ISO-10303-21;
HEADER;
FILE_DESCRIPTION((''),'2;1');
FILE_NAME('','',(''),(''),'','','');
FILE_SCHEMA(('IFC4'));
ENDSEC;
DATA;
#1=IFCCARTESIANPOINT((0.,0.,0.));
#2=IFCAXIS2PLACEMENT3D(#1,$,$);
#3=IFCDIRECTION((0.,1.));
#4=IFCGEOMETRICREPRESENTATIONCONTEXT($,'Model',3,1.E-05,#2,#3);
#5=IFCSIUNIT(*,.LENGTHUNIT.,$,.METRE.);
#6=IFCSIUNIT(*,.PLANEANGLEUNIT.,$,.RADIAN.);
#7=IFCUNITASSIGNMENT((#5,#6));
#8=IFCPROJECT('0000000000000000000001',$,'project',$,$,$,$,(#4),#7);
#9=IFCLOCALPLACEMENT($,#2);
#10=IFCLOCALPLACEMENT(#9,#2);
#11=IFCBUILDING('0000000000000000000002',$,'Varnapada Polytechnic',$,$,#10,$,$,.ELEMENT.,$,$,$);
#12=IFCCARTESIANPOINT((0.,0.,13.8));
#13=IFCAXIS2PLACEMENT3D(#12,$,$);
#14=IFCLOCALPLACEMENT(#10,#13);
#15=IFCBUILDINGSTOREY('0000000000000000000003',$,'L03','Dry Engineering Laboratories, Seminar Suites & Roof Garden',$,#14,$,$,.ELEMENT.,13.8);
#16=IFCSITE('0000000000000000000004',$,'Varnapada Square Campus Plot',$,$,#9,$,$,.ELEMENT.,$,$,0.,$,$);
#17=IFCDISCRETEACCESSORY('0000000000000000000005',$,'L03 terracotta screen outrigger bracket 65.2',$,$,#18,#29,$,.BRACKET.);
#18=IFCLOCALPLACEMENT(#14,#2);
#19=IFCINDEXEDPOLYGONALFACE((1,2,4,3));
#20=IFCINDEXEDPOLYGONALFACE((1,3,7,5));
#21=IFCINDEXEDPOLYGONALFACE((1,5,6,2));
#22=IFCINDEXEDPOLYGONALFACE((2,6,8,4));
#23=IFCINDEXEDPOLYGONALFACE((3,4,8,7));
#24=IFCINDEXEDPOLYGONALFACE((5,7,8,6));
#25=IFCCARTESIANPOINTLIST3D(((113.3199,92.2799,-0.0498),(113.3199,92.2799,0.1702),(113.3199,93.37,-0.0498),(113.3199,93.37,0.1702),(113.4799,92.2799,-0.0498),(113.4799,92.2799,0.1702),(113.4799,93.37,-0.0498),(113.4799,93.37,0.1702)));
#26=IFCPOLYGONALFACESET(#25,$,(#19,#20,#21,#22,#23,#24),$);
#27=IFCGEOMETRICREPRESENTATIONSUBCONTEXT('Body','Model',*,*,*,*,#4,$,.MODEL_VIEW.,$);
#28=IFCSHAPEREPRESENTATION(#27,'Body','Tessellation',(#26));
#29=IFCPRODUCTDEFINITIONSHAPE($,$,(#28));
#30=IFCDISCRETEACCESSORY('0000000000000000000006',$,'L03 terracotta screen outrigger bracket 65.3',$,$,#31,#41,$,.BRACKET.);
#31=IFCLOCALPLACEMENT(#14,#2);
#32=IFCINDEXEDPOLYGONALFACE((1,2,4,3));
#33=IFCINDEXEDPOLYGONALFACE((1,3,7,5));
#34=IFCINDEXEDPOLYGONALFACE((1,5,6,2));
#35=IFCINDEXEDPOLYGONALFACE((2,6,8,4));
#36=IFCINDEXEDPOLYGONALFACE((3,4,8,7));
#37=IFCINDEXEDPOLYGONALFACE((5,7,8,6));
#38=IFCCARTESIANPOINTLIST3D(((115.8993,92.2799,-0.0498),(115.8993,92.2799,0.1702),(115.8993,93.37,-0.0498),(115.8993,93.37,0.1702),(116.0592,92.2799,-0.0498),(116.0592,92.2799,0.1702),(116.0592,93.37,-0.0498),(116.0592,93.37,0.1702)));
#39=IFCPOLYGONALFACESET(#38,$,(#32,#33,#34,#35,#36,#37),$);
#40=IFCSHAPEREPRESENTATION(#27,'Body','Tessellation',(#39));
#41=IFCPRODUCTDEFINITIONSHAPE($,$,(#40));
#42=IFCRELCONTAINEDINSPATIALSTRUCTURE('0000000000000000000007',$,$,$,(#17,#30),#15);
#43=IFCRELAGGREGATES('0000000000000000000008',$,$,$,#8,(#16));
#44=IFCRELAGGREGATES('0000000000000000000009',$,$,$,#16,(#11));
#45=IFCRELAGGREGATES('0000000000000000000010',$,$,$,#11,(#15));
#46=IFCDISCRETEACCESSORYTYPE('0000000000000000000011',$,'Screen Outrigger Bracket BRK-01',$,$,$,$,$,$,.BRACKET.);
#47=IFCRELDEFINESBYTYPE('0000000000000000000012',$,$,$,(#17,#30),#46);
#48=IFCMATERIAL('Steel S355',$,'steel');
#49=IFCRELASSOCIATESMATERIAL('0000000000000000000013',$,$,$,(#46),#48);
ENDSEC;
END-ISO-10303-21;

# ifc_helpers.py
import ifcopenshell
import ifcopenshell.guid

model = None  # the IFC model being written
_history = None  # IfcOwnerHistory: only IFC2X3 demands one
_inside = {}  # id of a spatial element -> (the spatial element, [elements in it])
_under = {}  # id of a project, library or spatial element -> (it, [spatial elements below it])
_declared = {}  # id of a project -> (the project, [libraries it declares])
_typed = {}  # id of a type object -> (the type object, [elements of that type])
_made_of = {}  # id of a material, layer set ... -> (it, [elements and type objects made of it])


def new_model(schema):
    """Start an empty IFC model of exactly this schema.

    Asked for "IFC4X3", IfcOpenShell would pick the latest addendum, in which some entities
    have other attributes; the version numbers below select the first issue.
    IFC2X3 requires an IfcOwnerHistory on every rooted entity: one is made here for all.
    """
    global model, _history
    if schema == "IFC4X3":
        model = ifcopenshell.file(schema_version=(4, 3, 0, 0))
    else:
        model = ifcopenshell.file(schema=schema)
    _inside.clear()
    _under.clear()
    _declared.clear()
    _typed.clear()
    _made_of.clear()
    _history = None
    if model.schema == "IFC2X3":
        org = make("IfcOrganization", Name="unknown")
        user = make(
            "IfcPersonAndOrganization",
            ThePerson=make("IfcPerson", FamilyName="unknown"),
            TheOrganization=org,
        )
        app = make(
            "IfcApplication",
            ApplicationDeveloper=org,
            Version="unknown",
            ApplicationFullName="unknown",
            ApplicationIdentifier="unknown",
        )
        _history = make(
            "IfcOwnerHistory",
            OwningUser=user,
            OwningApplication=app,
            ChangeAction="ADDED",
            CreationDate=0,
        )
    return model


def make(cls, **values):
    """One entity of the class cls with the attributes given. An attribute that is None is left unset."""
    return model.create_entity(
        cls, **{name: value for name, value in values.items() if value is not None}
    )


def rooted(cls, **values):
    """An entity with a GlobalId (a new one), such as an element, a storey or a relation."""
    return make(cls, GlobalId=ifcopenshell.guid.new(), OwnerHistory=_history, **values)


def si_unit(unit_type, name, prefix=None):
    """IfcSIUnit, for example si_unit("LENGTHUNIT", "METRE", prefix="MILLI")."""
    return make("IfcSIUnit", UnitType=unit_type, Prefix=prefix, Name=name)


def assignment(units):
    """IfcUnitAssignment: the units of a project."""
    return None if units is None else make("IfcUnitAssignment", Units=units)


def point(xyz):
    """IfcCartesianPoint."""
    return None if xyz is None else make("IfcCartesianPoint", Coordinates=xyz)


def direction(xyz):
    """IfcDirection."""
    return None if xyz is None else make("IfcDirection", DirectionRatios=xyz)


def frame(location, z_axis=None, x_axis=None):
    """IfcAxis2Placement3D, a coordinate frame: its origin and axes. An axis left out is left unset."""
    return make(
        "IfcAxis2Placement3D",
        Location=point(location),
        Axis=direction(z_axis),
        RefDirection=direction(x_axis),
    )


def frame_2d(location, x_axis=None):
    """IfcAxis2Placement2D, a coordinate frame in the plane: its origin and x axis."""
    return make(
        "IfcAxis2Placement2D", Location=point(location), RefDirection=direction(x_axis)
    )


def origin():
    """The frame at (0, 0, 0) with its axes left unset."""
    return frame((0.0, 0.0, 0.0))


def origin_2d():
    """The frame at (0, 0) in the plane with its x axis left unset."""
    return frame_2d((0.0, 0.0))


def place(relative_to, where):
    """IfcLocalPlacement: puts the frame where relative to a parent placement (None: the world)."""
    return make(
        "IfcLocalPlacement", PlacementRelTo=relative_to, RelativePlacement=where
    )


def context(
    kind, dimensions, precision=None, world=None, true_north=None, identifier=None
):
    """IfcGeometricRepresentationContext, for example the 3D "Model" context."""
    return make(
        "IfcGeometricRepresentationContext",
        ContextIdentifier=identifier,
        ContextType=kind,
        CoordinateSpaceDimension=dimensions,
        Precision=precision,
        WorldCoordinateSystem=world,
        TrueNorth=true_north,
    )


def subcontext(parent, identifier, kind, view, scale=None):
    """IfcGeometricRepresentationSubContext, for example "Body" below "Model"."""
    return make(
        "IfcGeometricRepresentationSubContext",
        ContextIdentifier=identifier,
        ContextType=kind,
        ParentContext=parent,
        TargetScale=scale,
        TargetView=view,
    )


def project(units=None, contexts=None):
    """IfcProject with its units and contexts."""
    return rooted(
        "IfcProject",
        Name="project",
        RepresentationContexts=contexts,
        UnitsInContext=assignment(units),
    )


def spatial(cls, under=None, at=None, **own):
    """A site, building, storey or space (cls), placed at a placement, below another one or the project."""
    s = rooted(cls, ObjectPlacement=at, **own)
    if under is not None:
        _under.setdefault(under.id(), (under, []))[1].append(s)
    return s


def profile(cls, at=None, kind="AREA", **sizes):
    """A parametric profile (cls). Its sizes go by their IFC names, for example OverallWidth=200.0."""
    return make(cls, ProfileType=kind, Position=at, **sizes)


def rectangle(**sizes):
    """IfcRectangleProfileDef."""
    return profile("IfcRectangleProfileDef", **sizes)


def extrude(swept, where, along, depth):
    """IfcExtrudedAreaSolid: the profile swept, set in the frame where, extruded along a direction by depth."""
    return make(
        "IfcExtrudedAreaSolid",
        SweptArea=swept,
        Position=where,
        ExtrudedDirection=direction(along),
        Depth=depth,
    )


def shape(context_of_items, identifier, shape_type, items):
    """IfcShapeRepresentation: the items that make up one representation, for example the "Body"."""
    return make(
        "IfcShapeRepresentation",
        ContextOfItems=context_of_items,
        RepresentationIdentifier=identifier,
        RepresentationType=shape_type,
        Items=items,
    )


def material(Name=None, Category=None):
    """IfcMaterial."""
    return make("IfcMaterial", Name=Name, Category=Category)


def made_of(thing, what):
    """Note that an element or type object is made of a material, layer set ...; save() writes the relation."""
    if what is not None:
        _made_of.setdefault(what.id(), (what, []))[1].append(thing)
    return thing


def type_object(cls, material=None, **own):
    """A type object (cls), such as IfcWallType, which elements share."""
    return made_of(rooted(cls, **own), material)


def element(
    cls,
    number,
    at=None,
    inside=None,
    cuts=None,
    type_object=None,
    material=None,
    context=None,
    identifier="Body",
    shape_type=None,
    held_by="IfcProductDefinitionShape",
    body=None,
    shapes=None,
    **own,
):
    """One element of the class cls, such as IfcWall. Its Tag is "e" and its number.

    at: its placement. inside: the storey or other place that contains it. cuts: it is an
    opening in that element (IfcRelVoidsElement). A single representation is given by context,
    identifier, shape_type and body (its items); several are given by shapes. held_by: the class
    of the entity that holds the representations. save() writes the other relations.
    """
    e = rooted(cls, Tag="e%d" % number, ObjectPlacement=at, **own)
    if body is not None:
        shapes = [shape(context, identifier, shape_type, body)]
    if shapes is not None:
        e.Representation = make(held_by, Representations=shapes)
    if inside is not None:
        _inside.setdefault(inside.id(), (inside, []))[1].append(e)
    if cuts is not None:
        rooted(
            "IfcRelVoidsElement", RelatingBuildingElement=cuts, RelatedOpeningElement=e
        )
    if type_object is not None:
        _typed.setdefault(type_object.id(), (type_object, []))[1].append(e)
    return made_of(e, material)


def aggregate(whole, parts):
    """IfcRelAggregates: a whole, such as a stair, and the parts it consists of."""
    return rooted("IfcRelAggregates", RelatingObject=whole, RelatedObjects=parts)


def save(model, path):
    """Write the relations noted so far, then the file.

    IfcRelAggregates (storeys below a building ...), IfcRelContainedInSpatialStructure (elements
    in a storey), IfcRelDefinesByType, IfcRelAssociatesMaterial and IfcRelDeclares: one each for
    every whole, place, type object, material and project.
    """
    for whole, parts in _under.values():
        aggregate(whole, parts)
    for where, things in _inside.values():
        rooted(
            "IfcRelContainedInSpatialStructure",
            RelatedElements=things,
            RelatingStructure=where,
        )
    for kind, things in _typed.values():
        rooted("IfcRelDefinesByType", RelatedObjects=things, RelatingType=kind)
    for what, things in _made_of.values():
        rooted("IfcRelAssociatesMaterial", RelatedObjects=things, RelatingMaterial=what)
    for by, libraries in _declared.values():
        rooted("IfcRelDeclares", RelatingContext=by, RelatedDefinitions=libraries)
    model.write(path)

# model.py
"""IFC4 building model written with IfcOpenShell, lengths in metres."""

from ifc_helpers import new_model, si_unit, direction, frame, origin, origin_2d, place, context, subcontext, project, spatial, rectangle, extrude, material, type_object, element, save


model = new_model("IFC4")

# Units and contexts
model_context = context("Model", 3, precision=1e-05, world=origin(), true_north=direction((0.0, 1.0)))
body_context = subcontext(model_context, "Body", "Model", "MODEL_VIEW")
ifc_project = project(units=[si_unit("LENGTHUNIT", "METRE"), si_unit("PLANEANGLEUNIT", "RADIAN")], contexts=[model_context])

# Site, building, storey
site_placement = place(None, origin())
site = spatial("IfcSite", under=ifc_project, at=site_placement, Name="Varnapada Square Campus Plot", CompositionType="ELEMENT", RefElevation=0.0)
building_placement = place(site_placement, origin())
building = spatial("IfcBuilding", under=site, at=building_placement, Name="Varnapada Polytechnic", CompositionType="ELEMENT")
storey_placement = place(building_placement, frame((0.0, 0.0, 13.8)))
storey = spatial("IfcBuildingStorey", under=building, at=storey_placement, Name="L03", Description="Dry Engineering Laboratories, Seminar Suites & Roof Garden", CompositionType="ELEMENT", Elevation=13.8)

# Discrete accessories
ifc_material_1 = material(Name="Steel S355", Category="steel")
discrete_accessory_type = type_object("IfcDiscreteAccessoryType", Name="Screen Outrigger Bracket BRK-01", PredefinedType="BRACKET", material=ifc_material_1)
for number, where, z_axis, x_axis, name in (
    (1, (113.3999, 92.825, -0.0498), (0.0, 0.0, 1.0), (1.0, 0.0, 0.0), "L03 terracotta screen outrigger bracket 65.2"),
    (2, (115.9792, 92.825, -0.0498), (0.0, 0.0, 1.0), (1.0, 0.0, 0.0), "L03 terracotta screen outrigger bracket 65.3"),
):
    element("IfcDiscreteAccessory", number, at=place(storey_placement, frame(where, z_axis=z_axis, x_axis=x_axis)), inside=storey, type_object=discrete_accessory_type, Name=name, PredefinedType="BRACKET", context=body_context, shape_type="SweptSolid", body=[
        extrude(rectangle(XDim=0.1599, YDim=1.0901, at=origin_2d()), origin(), (0.0, 0.0, 1.0), 0.22),
    ])

save(model, "model.ifc")
